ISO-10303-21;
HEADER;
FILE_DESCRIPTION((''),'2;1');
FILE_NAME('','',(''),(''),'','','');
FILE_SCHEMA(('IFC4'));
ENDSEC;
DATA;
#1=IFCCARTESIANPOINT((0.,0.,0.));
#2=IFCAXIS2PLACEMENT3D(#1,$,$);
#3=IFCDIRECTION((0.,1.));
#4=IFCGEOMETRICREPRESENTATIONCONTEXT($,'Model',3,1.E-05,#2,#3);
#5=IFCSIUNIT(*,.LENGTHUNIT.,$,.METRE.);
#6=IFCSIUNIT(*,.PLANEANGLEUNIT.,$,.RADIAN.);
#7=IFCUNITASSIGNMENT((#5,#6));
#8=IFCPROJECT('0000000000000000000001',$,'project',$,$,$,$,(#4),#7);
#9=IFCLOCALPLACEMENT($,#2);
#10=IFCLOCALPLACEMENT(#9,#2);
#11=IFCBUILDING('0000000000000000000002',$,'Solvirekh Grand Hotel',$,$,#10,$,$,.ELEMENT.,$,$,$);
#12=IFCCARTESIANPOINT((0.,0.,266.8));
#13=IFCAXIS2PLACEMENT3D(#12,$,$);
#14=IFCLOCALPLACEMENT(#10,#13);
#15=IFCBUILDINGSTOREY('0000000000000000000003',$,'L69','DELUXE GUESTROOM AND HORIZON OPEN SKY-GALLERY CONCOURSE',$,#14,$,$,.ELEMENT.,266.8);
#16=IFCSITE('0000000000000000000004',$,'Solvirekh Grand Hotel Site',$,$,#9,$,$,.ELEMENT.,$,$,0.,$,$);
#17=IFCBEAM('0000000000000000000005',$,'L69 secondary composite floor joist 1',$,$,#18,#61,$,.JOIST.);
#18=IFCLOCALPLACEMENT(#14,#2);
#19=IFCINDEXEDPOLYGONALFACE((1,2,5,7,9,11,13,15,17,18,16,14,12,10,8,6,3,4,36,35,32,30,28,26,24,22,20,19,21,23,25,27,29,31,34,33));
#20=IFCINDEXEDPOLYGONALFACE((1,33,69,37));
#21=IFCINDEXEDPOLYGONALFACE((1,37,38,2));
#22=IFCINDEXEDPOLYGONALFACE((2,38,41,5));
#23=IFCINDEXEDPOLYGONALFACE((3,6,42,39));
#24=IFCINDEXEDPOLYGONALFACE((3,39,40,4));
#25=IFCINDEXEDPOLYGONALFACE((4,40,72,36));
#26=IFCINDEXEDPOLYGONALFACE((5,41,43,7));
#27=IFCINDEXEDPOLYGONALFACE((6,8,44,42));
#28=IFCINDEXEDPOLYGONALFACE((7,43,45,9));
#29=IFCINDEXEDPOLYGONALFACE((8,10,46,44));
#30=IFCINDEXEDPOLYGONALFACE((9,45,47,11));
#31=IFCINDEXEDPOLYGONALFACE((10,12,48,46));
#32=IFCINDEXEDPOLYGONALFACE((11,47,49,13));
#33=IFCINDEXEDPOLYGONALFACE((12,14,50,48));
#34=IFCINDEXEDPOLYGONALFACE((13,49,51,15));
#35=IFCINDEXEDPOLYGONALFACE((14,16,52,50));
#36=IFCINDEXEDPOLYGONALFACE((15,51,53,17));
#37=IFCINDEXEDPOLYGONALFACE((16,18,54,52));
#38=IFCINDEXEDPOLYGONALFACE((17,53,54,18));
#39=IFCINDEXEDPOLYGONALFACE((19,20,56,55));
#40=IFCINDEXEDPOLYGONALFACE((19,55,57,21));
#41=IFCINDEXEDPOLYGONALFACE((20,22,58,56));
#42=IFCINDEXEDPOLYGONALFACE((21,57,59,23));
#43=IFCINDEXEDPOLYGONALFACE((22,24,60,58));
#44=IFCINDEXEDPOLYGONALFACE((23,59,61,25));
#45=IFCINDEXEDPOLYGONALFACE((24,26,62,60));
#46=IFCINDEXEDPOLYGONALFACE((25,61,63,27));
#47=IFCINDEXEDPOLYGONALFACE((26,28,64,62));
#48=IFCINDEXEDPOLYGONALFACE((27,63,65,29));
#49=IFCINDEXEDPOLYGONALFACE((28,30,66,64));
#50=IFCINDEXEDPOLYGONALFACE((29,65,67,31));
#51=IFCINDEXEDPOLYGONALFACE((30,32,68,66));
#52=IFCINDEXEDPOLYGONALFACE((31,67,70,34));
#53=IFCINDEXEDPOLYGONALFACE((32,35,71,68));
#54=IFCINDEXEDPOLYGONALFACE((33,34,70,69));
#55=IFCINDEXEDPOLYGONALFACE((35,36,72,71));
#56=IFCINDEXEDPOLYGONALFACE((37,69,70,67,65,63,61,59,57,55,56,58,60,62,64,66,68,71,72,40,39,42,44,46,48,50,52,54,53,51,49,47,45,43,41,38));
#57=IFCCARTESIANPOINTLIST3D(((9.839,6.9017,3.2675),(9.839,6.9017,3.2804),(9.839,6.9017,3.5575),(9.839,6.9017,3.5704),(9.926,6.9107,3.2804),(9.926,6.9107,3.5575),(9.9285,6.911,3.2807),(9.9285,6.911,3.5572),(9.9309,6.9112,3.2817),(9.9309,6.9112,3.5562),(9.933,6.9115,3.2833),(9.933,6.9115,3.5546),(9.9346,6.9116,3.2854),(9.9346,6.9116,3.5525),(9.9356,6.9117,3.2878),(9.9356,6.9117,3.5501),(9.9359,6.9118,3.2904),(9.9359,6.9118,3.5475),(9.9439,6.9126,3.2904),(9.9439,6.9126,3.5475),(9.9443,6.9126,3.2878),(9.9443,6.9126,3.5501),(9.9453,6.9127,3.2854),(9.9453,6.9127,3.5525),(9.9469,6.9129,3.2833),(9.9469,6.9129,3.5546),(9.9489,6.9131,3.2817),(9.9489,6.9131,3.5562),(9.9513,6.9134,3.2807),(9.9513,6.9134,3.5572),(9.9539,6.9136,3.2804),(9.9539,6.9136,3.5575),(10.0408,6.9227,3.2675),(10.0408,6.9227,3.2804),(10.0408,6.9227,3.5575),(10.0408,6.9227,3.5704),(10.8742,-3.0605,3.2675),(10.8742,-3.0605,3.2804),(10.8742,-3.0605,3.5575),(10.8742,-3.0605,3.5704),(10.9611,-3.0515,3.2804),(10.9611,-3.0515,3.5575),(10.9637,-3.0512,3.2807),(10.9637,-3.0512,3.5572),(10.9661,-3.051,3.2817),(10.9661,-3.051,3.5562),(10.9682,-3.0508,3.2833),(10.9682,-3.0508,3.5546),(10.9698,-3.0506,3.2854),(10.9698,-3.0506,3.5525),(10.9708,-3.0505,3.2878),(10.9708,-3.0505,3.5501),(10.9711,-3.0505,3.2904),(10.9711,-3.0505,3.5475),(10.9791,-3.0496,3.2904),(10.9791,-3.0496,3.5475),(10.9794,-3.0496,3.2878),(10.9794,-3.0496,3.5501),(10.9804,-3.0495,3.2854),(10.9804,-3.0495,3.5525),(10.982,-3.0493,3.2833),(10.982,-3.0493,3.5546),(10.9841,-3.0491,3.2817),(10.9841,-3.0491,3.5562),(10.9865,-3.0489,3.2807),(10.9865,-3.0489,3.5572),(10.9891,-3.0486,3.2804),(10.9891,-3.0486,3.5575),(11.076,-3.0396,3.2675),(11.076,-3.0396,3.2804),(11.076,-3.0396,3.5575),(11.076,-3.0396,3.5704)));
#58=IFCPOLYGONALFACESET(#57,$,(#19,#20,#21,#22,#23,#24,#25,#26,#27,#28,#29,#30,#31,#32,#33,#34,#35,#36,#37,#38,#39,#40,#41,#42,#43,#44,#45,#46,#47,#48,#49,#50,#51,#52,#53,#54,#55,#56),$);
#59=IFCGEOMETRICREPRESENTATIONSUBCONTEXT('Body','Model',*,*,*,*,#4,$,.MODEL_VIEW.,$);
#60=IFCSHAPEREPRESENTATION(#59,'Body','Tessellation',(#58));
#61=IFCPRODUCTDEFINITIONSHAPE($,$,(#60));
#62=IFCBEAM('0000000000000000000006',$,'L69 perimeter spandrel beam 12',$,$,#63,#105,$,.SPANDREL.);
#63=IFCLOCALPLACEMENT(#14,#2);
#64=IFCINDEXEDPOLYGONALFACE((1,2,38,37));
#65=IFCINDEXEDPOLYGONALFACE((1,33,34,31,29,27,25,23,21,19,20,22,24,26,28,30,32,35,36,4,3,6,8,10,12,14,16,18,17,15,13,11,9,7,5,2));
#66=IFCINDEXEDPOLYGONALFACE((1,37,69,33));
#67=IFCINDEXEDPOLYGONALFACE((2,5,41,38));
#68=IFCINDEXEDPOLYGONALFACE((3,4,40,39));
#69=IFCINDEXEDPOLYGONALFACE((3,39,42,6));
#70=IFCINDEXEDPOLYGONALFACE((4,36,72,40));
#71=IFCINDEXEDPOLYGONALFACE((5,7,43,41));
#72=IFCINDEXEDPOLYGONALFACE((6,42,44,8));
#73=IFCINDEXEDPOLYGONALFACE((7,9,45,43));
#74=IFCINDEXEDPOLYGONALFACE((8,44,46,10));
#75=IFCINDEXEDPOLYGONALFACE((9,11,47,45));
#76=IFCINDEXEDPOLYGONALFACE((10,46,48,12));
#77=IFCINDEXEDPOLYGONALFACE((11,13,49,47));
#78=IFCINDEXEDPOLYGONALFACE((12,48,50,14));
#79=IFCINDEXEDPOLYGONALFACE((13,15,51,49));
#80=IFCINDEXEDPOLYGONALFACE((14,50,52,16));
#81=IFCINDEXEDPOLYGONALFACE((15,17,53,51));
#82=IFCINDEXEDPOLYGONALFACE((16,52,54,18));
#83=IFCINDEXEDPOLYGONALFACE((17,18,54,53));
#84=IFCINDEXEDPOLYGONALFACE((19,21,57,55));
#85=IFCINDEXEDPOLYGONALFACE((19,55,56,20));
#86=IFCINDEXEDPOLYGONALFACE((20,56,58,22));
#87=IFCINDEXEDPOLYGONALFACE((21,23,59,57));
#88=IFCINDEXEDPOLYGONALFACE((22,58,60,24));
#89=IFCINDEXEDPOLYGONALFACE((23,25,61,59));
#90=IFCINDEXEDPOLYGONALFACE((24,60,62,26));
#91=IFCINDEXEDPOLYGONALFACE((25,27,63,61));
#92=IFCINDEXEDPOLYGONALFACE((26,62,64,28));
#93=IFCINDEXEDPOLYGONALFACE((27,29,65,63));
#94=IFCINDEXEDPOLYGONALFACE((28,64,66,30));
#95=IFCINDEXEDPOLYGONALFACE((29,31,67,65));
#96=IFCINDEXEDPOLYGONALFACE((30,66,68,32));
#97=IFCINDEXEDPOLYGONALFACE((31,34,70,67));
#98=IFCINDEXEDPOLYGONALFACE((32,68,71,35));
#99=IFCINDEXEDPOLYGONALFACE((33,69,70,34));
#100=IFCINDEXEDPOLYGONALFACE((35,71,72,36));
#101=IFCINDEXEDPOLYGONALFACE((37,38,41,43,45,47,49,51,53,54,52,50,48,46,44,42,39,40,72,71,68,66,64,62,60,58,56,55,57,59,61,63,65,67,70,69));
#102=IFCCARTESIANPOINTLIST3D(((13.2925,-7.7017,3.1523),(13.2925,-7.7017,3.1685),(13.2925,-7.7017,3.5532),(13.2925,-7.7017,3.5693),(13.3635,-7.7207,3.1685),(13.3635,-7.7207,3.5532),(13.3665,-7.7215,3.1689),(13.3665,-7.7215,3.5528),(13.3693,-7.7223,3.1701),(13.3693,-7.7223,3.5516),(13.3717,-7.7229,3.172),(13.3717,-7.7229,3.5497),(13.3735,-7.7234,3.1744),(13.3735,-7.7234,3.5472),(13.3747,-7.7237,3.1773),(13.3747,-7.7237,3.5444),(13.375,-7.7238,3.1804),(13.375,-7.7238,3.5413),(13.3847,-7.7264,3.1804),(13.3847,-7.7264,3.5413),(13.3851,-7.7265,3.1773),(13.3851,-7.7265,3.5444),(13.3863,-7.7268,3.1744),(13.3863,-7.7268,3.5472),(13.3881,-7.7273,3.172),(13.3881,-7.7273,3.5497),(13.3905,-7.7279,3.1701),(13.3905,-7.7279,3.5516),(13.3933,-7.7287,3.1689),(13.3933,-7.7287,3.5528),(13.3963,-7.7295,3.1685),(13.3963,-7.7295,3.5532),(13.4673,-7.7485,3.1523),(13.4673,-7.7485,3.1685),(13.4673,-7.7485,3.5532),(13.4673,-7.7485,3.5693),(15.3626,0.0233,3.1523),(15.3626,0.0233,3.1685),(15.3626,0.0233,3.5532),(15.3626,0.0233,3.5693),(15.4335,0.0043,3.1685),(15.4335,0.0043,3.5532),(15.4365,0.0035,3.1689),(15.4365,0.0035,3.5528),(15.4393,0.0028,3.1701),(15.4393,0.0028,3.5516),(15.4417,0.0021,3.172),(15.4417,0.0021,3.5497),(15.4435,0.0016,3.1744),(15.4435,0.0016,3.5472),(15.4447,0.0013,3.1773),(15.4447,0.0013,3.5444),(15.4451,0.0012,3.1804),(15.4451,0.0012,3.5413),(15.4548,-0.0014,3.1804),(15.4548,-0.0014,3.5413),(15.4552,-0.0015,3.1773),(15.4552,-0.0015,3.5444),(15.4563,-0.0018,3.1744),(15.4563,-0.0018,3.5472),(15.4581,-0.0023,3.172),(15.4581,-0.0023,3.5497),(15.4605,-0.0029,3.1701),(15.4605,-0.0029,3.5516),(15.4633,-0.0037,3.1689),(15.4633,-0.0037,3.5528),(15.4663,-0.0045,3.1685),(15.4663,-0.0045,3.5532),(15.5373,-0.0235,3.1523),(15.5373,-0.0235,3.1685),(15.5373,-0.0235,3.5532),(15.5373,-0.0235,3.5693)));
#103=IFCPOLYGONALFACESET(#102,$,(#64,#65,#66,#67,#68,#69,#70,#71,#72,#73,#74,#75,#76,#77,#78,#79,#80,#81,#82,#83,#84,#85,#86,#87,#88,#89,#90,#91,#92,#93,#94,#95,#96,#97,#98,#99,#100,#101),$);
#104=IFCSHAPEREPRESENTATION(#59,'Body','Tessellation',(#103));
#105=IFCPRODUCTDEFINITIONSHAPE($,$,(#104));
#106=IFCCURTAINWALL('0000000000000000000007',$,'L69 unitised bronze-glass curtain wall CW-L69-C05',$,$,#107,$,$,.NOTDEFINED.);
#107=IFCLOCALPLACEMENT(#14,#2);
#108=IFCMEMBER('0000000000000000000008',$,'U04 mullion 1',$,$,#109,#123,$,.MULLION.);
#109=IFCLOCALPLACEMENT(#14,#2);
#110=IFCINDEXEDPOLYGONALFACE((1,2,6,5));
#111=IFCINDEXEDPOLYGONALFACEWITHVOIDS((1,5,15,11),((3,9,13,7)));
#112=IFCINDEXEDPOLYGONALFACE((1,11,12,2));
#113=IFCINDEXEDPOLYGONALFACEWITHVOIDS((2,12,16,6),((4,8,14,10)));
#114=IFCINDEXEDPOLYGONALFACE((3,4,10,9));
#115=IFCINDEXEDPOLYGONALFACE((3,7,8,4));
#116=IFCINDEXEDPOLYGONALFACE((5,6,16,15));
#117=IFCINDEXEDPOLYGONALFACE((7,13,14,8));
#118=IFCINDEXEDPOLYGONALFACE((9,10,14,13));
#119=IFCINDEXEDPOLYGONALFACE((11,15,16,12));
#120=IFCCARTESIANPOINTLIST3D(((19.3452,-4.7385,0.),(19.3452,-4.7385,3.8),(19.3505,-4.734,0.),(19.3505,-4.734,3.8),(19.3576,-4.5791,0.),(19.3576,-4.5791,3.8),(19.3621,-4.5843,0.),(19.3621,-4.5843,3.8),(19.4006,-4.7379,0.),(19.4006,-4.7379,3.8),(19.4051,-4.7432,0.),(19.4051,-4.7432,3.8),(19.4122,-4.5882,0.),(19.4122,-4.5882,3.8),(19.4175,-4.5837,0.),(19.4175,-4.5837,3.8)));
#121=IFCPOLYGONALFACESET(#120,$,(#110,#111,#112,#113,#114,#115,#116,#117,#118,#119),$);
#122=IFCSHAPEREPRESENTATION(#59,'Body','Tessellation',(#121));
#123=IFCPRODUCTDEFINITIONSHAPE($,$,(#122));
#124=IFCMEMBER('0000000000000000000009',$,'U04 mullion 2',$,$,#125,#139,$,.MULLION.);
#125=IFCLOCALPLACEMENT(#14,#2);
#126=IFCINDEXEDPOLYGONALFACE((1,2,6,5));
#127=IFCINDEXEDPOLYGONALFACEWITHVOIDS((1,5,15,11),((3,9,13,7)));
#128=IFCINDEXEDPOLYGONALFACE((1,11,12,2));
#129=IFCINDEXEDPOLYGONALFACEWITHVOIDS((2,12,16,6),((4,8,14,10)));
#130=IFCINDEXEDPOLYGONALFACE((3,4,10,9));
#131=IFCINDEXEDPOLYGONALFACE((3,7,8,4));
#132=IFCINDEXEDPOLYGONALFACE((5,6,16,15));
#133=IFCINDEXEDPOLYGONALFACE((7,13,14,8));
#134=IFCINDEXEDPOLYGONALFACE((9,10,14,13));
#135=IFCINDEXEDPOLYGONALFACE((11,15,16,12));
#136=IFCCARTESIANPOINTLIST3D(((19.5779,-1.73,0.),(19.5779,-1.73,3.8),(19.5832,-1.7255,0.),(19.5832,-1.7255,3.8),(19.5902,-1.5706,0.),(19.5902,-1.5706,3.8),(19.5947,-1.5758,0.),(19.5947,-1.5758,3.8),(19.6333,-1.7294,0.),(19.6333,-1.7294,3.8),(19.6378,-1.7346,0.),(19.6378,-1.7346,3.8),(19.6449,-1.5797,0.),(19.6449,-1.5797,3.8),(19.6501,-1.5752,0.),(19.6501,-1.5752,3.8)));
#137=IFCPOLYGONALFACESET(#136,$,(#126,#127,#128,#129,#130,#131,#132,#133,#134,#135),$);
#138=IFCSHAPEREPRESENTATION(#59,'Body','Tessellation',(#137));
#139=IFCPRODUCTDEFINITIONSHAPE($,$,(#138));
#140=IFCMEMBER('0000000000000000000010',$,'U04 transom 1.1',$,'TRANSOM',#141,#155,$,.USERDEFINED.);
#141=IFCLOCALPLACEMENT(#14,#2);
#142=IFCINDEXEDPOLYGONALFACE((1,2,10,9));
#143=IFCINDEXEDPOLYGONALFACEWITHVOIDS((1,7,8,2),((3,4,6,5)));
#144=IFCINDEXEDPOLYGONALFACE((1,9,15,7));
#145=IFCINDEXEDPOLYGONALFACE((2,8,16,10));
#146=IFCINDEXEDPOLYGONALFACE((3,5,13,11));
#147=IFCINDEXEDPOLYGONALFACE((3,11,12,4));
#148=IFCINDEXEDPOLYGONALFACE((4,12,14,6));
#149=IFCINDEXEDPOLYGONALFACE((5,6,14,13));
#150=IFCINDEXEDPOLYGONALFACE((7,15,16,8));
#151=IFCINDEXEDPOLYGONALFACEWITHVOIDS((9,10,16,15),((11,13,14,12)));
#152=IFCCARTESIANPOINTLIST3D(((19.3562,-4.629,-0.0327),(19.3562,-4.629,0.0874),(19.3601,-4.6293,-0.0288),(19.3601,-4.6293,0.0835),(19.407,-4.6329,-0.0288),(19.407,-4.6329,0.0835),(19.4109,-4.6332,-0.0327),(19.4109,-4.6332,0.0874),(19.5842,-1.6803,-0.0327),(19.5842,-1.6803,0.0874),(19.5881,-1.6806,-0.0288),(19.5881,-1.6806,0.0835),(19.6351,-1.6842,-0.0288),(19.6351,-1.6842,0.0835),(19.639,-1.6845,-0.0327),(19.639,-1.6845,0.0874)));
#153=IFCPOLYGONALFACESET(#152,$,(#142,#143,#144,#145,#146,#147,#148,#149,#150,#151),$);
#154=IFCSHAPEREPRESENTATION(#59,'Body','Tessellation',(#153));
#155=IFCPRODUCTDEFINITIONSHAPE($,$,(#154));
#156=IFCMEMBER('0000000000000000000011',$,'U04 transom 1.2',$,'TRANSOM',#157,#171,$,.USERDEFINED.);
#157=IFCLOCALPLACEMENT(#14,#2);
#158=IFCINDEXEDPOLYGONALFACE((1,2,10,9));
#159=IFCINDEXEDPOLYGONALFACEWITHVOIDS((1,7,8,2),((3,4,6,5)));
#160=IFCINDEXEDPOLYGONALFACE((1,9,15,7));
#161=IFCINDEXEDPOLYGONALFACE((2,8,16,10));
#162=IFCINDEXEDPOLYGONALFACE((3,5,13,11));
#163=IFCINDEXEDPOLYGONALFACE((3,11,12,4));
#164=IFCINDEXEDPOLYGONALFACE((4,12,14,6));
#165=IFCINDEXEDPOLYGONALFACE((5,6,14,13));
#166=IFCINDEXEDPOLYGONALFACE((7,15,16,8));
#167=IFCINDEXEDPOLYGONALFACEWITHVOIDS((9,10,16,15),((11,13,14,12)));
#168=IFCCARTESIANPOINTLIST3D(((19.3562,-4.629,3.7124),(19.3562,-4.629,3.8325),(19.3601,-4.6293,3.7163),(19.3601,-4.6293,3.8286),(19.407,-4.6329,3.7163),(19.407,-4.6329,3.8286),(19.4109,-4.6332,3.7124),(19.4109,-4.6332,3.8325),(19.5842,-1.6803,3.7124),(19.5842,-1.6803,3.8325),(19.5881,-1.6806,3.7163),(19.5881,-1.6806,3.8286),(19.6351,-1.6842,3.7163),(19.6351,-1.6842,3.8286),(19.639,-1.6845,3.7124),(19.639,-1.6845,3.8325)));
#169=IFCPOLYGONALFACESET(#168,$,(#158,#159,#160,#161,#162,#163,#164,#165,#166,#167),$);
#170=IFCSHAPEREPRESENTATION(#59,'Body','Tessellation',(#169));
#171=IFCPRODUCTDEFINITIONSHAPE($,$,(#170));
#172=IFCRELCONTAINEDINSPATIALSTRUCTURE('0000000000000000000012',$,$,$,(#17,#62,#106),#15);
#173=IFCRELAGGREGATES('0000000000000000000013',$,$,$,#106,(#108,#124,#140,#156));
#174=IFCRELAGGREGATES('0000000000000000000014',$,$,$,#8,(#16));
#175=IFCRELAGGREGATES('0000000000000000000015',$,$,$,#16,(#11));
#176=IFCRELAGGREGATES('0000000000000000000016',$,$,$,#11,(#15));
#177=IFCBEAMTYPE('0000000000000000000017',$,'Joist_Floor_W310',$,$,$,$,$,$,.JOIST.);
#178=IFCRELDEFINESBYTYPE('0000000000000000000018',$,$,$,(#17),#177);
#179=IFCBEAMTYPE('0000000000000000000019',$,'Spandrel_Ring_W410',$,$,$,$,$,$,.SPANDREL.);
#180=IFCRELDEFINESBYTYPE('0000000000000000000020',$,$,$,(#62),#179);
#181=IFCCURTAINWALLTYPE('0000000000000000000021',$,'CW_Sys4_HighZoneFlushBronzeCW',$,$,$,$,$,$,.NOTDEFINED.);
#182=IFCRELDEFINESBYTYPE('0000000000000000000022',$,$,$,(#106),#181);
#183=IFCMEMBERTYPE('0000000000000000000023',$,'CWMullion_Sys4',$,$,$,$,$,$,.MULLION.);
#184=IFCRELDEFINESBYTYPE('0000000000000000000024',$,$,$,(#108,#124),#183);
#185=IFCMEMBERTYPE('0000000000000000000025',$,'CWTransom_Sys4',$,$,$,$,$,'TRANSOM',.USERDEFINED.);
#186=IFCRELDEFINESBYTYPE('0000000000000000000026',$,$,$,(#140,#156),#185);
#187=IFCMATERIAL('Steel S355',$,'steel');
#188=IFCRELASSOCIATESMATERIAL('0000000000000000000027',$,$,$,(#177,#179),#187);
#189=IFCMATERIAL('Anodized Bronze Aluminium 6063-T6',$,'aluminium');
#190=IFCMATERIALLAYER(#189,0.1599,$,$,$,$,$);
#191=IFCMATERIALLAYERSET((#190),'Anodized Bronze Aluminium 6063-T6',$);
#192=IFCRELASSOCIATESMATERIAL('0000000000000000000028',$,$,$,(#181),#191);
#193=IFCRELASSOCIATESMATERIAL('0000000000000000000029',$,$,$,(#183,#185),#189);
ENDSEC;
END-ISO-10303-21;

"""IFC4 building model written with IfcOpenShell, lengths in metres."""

from ifc_helpers import new_model, si_unit, direction, frame, origin, origin_2d, place, context, subcontext, project, spatial, hollow_rectangle, i_section, extrude, source, transform, mapped, material, layer, layer_set, material_profile, profile_set, type_object, element, aggregate, save


model = new_model("IFC4")

# Units and contexts
model_context = context("Model", 3, precision=1e-05, world=origin(), true_north=direction((0.0, 1.0)))
body_context = subcontext(model_context, "Body", "Model", "MODEL_VIEW")
ifc_project = project(units=[si_unit("LENGTHUNIT", "METRE"), si_unit("PLANEANGLEUNIT", "RADIAN")], contexts=[model_context])

# Site, building, storey
site_placement = place(None, origin())
site = spatial("IfcSite", under=ifc_project, at=site_placement, Name="Solvirekh Grand Hotel Site", CompositionType="ELEMENT", RefElevation=0.0)
building_placement = place(site_placement, origin())
building = spatial("IfcBuilding", under=site, at=building_placement, Name="Solvirekh Grand Hotel", CompositionType="ELEMENT")
storey_placement = place(building_placement, frame((0.0, 0.0, 266.8)))
storey = spatial("IfcBuildingStorey", under=building, at=storey_placement, Name="L69", Description="DELUXE GUESTROOM AND HORIZON OPEN SKY-GALLERY CONCOURSE", CompositionType="ELEMENT", Elevation=266.8)

# Beams
ifc_material_1 = material(Name="Steel S355", Category="steel")
ifc_material_profile_1 = material_profile(ifc_material_1, i_section(OverallWidth=0.2029, OverallDepth=0.303, WebThickness=0.0081, FlangeThickness=0.0129, FilletRadius=0.01, at=origin_2d()), Name="W310X60")
ifc_profile_set_1 = profile_set([ifc_material_profile_1], Name="Steel S355")
beam_type_1 = type_object("IfcBeamType", Name="Joist_Floor_W310", PredefinedType="JOIST", material=ifc_profile_set_1)
beam_1_placement = place(storey_placement, frame((10.9751, -3.05, 3.4189), z_axis=(-0.103352, 0.994645, 0.0), x_axis=(-0.994645, -0.103352, 0.0)))
element("IfcBeam", 1, at=beam_1_placement, inside=storey, type_object=beam_type_1, Name="L69 secondary composite floor joist 1", PredefinedType="JOIST", context=body_context, shape_type="SweptSolid", body=[
    extrude(i_section(OverallWidth=0.2029, OverallDepth=0.303, WebThickness=0.0081, FlangeThickness=0.0129, FilletRadius=0.01, at=origin_2d()), origin(), (0.0, 0.0, 1.0), 10.0159),
])
ifc_material_profile_2 = material_profile(ifc_material_1, i_section(OverallWidth=0.1809, OverallDepth=0.417, WebThickness=0.01, FlangeThickness=0.0161, FilletRadius=0.012, at=origin_2d()), Name="W410X85")
ifc_profile_set_2 = profile_set([ifc_material_profile_2], Name="Steel S355")
beam_type_2 = type_object("IfcBeamType", Name="Spandrel_Ring_W410", PredefinedType="SPANDREL", material=ifc_profile_set_2)
beam_2_placement = place(storey_placement, frame((13.3799, -7.7251, 3.3608), z_axis=(0.258835, 0.965922, 0.0), x_axis=(-0.965922, 0.258835, 0.0)))
element("IfcBeam", 2, at=beam_2_placement, inside=storey, type_object=beam_type_2, Name="L69 perimeter spandrel beam 12", PredefinedType="SPANDREL", context=body_context, shape_type="SweptSolid", body=[
    extrude(i_section(OverallWidth=0.1809, OverallDepth=0.417, WebThickness=0.01, FlangeThickness=0.0161, FilletRadius=0.012, at=origin_2d()), origin(), (0.0, 0.0, 1.0), 7.9976),
])

# Curtain wall, members
ifc_material_2 = material(Name="Anodized Bronze Aluminium 6063-T6", Category="aluminium")
ifc_layer_1 = layer(ifc_material_2, 0.1599)
ifc_layer_set_1 = layer_set([ifc_layer_1], Name="Anodized Bronze Aluminium 6063-T6")
curtain_wall_type = type_object("IfcCurtainWallType", Name="CW_Sys4_HighZoneFlushBronzeCW", PredefinedType="NOTDEFINED", material=ifc_layer_set_1)
curtain_wall_placement = place(storey_placement, origin())
curtain_wall = element("IfcCurtainWall", 3, at=curtain_wall_placement, inside=storey, type_object=curtain_wall_type, Name="L69 unitised bronze-glass curtain wall CW-L69-C05", PredefinedType="NOTDEFINED")
ifc_material_profile_3 = material_profile(ifc_material_2, hollow_rectangle(XDim=0.0601, YDim=0.1599, WallThickness=0.0049, at=origin_2d()), Name="ALU RHS 160X60X5")
ifc_profile_set_3 = profile_set([ifc_material_profile_3], Name="Anodized Bronze Aluminium 6063-T6")
member_type_1 = type_object("IfcMemberType", Name="CWMullion_Sys4", PredefinedType="MULLION", material=ifc_profile_set_3)
shared_shape_1 = source(origin(), body_context, "Body", "SweptSolid", [
    extrude(hollow_rectangle(XDim=0.0601, YDim=0.1599, WallThickness=0.0049, at=origin_2d()), origin(), (0.0, 0.0, 1.0), 3.8),
])
member_1_placement = place(storey_placement, frame((19.3813, -4.6611, 0.0), z_axis=(0.0, 0.0, 1.0), x_axis=(-0.997023, 0.077111, 0.0)))
member_1 = element("IfcMember", 4, at=member_1_placement, type_object=member_type_1, Name="U04 mullion 1", PredefinedType="MULLION", context=body_context, shape_type="MappedRepresentation", body=[
    mapped(shared_shape_1, transform((0.0, 0.0, 0.0), x_axis=(1.0, 0.0, 0.0), y_axis=(0.0, 1.0, 0.0), z_axis=(0.0, 0.0, 1.0), scale=1.0)),
])
member_2_placement = place(storey_placement, frame((19.614, -1.6526, 0.0), z_axis=(0.0, 0.0, 1.0), x_axis=(-0.997023, 0.077111, 0.0)))
member_2 = element("IfcMember", 5, at=member_2_placement, type_object=member_type_1, Name="U04 mullion 2", PredefinedType="MULLION", context=body_context, shape_type="MappedRepresentation", body=[
    mapped(shared_shape_1, transform((0.0, 0.0, 0.0), x_axis=(1.0, 0.0, 0.0), y_axis=(0.0, 1.0, 0.0), z_axis=(0.0, 0.0, 1.0), scale=1.0)),
])
ifc_material_profile_4 = material_profile(ifc_material_2, hollow_rectangle(XDim=0.0549, YDim=0.1201, WallThickness=0.0039, at=origin_2d()), Name="ALU RHS 120X55X4")
ifc_profile_set_4 = profile_set([ifc_material_profile_4], Name="Anodized Bronze Aluminium 6063-T6")
member_type_2 = type_object("IfcMemberType", Name="CWTransom_Sys4", ElementType="TRANSOM", PredefinedType="USERDEFINED", material=ifc_profile_set_4)
shared_shape_2 = source(origin(), body_context, "Body", "SweptSolid", [
    extrude(hollow_rectangle(XDim=0.0549, YDim=0.1201, WallThickness=0.0039, at=origin_2d()), origin(), (0.0, 0.0, 1.0), 2.9575),
])
member_3_placement = place(storey_placement, frame((19.3835, -4.6311, 0.0273), z_axis=(0.0771, 0.997023, 0.0), x_axis=(-0.997023, 0.0771, 0.0)))
member_3 = element("IfcMember", 6, at=member_3_placement, type_object=member_type_2, Name="U04 transom 1.1", ObjectType="TRANSOM", PredefinedType="USERDEFINED", context=body_context, shape_type="MappedRepresentation", body=[
    mapped(shared_shape_2, transform((0.0, 0.0, 0.0), x_axis=(1.0, 0.0, 0.0), y_axis=(0.0, 1.0, 0.0), z_axis=(0.0, 0.0, 1.0), scale=1.0)),
])
member_4_placement = place(storey_placement, frame((19.3835, -4.6311, 3.7725), z_axis=(0.0771, 0.997023, 0.0), x_axis=(-0.997023, 0.0771, 0.0)))
member_4 = element("IfcMember", 7, at=member_4_placement, type_object=member_type_2, Name="U04 transom 1.2", ObjectType="TRANSOM", PredefinedType="USERDEFINED", context=body_context, shape_type="MappedRepresentation", body=[
    mapped(shared_shape_2, transform((0.0, 0.0, 0.0), x_axis=(1.0, 0.0, 0.0), y_axis=(0.0, 1.0, 0.0), z_axis=(0.0, 0.0, 1.0), scale=1.0)),
])
aggregate(curtain_wall, [member_1, member_2, member_3, member_4])

save(model, "model.ifc")
